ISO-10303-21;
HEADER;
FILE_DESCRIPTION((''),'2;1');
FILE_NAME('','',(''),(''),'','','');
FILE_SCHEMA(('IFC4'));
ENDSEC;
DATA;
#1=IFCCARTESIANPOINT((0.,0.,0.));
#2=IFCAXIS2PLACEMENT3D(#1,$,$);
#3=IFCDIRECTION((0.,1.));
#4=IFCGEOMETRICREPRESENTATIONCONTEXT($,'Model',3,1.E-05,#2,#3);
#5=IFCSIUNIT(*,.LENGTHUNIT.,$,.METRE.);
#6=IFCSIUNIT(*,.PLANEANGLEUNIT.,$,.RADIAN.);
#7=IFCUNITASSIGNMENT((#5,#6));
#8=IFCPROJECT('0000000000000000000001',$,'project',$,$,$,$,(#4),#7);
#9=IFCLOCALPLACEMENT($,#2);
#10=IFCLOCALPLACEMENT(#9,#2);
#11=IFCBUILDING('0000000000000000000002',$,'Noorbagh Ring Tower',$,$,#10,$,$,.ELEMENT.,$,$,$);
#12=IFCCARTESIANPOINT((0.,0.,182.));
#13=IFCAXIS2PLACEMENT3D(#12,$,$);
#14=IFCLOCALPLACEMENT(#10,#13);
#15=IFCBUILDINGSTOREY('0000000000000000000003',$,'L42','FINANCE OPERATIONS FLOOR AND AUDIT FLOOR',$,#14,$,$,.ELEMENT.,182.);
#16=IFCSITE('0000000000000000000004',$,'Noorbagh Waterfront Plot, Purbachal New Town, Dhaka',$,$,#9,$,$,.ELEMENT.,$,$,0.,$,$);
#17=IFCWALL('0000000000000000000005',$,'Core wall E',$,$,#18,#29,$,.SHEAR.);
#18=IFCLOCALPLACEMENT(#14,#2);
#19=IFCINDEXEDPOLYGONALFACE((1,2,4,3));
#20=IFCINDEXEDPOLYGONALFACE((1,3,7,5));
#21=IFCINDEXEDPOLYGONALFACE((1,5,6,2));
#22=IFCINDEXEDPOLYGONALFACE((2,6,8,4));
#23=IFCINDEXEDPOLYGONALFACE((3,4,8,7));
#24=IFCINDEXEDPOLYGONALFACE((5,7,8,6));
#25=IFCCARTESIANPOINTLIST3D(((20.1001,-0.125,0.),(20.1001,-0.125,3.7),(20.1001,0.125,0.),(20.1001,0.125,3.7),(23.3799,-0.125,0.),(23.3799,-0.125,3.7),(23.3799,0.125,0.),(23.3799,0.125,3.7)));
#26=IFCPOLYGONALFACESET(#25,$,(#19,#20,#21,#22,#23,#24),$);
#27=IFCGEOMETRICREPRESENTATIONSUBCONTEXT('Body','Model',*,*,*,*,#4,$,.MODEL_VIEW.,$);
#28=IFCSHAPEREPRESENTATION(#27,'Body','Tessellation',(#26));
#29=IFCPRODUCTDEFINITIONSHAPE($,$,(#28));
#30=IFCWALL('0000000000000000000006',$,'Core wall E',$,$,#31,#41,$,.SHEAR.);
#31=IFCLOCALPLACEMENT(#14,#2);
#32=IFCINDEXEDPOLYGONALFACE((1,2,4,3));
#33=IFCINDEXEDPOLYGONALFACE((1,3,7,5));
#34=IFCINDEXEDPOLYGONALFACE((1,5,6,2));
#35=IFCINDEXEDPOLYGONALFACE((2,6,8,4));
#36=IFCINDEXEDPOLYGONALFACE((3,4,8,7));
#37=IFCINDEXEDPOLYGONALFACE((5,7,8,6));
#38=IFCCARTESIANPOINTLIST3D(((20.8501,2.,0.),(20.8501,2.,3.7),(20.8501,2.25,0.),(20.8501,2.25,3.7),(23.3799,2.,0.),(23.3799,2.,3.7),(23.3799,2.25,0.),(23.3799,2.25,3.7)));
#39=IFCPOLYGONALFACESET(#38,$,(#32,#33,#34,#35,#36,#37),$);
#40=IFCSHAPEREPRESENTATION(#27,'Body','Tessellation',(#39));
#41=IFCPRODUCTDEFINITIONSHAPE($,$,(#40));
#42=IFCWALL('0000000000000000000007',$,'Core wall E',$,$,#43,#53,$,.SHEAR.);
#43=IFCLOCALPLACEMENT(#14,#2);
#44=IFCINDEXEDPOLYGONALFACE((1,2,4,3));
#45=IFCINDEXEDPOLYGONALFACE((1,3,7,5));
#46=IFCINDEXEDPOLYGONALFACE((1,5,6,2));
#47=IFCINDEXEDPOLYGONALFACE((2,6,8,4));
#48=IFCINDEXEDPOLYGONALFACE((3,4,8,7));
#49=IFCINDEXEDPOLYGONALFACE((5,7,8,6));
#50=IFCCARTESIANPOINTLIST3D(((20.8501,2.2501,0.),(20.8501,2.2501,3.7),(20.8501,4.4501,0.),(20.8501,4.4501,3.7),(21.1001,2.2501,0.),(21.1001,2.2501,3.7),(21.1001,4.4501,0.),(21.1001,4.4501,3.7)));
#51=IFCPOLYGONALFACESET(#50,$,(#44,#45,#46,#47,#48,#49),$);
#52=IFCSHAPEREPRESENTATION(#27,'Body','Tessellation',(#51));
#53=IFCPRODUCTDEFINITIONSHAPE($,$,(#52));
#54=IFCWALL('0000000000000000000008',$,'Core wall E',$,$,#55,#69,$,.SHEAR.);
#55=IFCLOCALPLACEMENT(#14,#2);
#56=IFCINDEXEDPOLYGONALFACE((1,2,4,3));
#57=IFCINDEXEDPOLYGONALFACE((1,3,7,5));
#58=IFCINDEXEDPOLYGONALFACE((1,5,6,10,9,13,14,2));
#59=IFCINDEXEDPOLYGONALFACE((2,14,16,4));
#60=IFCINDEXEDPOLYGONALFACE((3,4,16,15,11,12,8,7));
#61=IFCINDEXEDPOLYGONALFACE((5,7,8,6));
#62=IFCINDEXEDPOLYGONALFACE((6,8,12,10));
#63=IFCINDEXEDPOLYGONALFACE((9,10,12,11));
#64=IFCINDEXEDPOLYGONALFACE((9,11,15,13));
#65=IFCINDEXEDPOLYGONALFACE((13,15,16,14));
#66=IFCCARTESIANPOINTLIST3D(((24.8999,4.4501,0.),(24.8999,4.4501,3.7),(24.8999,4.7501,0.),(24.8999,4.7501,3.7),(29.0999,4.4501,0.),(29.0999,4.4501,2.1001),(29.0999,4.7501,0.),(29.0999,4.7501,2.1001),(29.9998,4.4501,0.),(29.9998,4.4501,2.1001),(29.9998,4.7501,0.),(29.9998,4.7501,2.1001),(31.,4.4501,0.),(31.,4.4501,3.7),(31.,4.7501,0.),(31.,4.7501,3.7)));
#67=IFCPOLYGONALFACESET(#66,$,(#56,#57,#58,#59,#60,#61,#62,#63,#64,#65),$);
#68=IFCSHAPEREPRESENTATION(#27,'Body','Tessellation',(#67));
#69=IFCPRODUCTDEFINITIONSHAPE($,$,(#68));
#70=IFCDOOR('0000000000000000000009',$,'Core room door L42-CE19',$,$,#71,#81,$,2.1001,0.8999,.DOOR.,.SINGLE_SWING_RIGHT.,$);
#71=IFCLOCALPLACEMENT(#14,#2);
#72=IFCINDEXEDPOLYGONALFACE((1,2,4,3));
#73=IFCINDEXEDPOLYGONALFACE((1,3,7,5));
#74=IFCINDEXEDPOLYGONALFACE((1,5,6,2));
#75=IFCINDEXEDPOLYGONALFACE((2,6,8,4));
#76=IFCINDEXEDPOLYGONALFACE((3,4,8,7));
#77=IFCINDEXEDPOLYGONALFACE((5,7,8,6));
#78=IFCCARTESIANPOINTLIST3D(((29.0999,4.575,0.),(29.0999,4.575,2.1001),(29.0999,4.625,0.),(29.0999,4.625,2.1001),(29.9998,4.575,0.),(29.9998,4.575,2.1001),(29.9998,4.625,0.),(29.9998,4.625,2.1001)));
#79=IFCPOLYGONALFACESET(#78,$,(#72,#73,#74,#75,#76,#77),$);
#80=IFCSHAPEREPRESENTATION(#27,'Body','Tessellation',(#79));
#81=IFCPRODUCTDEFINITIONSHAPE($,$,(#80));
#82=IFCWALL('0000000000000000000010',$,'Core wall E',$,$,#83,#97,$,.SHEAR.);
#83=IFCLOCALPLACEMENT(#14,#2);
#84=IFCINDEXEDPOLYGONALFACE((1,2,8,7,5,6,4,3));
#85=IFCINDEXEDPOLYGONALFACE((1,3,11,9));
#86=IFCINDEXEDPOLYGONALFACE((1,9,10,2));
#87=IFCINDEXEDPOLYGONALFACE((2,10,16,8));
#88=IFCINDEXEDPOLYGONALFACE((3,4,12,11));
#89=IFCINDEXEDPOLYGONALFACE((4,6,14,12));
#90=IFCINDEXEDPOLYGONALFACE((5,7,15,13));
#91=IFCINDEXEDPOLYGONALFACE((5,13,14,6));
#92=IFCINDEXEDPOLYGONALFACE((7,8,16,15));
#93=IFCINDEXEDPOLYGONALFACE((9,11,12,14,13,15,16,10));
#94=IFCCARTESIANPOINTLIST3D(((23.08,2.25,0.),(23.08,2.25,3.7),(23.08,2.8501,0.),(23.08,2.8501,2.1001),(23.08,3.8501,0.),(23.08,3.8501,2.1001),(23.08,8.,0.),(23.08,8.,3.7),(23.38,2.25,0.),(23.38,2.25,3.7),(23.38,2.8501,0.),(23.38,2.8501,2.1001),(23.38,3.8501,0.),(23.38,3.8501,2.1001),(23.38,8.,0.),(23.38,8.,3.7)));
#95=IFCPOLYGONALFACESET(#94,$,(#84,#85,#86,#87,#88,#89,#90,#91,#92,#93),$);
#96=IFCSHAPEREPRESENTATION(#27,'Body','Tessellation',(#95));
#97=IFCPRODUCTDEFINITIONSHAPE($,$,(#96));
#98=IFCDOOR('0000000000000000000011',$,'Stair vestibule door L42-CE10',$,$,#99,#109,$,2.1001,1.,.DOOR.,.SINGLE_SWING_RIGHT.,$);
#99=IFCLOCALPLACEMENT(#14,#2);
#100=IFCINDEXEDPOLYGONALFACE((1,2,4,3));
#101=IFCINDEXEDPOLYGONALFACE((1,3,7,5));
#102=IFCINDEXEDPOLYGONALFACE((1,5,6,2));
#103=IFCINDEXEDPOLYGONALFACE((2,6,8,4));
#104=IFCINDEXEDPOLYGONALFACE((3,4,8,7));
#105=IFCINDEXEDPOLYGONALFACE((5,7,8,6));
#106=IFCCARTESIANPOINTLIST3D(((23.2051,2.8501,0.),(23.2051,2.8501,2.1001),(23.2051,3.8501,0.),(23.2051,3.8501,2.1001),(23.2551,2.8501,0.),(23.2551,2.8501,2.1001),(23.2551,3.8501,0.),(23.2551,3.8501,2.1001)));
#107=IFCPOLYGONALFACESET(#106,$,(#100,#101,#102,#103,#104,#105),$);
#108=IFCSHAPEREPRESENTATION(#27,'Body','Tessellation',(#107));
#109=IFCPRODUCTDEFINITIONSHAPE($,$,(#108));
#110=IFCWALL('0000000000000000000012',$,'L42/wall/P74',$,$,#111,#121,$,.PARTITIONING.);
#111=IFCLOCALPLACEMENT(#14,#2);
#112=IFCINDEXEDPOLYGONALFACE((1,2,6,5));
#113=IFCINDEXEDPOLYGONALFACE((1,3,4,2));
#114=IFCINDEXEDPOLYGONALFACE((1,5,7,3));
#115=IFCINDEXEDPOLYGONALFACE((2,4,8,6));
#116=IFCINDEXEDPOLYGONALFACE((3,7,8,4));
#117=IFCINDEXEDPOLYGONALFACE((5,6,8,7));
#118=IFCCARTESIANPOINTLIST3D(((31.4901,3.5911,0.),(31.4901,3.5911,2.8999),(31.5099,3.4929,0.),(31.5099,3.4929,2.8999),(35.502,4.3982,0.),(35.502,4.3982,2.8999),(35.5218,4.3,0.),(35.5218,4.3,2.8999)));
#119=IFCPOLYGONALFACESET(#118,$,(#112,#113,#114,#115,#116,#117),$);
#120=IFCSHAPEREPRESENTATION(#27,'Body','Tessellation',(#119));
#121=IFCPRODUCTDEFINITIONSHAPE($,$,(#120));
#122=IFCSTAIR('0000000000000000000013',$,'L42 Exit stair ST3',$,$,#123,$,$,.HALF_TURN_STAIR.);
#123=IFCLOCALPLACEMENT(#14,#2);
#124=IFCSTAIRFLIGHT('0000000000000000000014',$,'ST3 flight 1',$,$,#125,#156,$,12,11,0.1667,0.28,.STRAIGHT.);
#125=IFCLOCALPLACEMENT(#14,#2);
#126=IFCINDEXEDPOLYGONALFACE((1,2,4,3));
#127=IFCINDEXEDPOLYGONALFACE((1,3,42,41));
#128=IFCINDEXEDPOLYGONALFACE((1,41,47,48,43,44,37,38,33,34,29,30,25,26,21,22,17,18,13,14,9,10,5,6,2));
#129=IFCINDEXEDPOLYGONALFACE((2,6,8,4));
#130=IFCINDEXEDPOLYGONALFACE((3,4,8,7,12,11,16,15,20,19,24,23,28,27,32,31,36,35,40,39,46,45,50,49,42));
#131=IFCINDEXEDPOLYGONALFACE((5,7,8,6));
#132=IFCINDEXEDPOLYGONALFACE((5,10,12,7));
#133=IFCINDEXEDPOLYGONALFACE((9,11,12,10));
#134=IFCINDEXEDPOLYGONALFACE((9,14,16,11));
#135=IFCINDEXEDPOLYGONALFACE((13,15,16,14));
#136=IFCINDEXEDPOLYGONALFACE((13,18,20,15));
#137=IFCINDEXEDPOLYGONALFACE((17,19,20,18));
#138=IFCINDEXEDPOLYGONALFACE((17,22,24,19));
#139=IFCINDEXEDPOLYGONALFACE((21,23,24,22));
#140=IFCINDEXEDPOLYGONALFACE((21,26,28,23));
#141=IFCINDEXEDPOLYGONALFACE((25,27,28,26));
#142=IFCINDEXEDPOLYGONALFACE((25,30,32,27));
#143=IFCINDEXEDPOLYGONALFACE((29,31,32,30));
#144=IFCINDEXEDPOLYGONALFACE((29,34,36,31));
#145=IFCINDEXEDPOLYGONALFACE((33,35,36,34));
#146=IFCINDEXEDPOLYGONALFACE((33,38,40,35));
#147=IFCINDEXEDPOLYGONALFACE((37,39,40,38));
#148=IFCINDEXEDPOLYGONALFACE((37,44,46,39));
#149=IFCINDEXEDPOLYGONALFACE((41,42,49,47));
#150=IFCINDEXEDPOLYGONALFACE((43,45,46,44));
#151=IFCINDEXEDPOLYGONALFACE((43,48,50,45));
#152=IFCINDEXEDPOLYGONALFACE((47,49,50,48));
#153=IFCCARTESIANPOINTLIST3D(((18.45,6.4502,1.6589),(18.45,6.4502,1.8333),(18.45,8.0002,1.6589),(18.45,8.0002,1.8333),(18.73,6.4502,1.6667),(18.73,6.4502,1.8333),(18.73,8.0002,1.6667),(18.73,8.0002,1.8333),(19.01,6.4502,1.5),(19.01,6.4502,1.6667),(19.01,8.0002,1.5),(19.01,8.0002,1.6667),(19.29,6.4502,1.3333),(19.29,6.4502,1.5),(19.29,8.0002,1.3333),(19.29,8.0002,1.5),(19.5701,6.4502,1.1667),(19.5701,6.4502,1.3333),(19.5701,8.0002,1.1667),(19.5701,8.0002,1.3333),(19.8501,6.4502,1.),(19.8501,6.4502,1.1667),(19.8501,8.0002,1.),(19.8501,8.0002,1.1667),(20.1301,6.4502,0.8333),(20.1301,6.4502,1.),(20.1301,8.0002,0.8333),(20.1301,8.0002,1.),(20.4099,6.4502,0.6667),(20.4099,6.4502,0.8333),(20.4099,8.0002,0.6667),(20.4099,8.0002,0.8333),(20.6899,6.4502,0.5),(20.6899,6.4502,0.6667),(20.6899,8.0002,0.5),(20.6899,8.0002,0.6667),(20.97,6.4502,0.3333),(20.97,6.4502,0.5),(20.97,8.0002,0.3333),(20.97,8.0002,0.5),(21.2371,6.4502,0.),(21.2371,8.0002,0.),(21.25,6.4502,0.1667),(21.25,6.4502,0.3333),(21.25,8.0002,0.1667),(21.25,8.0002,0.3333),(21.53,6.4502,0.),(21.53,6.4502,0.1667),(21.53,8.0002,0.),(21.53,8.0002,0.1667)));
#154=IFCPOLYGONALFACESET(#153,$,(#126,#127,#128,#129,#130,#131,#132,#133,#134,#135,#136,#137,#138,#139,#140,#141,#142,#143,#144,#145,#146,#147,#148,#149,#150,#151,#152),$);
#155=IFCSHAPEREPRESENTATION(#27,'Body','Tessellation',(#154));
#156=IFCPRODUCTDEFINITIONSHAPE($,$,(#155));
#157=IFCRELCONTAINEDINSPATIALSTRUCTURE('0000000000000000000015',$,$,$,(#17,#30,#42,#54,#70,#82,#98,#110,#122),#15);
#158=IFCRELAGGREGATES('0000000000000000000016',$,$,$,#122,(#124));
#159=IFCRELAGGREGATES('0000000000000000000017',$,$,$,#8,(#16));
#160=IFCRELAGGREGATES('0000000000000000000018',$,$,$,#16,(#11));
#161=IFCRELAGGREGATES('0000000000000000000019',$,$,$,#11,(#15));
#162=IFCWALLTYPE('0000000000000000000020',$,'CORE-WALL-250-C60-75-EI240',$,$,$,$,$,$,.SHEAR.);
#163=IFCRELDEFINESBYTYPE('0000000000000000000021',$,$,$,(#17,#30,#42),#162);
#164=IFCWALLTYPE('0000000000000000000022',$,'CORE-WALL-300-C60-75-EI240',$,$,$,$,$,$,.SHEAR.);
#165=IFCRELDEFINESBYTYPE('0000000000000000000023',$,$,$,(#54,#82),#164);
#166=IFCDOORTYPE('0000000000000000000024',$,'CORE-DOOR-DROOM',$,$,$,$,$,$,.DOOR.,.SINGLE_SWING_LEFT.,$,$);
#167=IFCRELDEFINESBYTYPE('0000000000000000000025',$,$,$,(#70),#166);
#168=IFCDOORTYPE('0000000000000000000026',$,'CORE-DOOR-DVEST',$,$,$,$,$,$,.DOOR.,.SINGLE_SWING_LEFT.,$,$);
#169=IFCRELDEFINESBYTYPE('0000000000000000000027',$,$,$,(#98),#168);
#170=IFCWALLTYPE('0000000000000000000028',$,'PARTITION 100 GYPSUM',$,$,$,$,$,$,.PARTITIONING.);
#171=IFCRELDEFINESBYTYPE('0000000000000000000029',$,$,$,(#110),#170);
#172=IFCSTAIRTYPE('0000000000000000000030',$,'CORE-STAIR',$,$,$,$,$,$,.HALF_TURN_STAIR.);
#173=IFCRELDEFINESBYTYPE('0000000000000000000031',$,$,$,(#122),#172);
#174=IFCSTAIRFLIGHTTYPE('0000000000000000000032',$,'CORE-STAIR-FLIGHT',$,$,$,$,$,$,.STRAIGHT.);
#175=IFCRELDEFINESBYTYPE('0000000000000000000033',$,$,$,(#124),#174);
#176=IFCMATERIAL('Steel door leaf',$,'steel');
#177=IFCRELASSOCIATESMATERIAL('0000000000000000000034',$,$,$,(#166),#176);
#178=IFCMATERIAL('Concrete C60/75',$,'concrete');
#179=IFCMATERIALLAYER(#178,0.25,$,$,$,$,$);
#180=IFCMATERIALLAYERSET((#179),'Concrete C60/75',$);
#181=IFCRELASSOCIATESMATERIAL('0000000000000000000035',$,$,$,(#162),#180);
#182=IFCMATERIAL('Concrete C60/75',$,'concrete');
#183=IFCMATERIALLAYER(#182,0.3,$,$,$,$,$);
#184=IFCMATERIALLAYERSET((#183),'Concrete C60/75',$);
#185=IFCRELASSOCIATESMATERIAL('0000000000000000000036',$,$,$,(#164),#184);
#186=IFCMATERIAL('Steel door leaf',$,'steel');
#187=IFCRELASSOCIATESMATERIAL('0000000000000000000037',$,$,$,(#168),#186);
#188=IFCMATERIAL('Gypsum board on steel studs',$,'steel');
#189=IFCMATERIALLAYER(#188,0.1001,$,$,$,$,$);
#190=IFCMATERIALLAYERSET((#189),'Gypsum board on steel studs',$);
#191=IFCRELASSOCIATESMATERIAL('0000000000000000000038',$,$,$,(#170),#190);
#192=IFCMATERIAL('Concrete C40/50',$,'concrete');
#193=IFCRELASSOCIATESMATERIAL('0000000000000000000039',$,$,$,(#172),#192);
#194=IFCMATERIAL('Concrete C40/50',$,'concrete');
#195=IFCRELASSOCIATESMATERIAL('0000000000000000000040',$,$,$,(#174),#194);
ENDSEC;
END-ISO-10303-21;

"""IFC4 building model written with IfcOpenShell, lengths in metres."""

from ifc_helpers import new_model, si_unit, direction, frame, frame_2d, origin, place, context, subcontext, project, spatial, polyline, rectangle, outline, extrude, material, layer, layer_set, type_object, element, fill, aggregate, save


model = new_model("IFC4")

# Units and contexts
model_context = context("Model", 3, precision=1e-05, world=origin(), true_north=direction((0.0, 1.0)))
body_context = subcontext(model_context, "Body", "Model", "MODEL_VIEW")
ifc_project = project(units=[si_unit("LENGTHUNIT", "METRE"), si_unit("PLANEANGLEUNIT", "RADIAN")], contexts=[model_context])

# Site, building, storey
site_placement = place(None, origin())
site = spatial("IfcSite", under=ifc_project, at=site_placement, Name="Noorbagh Waterfront Plot, Purbachal New Town, Dhaka", CompositionType="ELEMENT", RefElevation=0.0)
building_placement = place(site_placement, origin())
building = spatial("IfcBuilding", under=site, at=building_placement, Name="Noorbagh Ring Tower", CompositionType="ELEMENT")
storey_placement = place(building_placement, frame((0.0, 0.0, 182.0)))
storey = spatial("IfcBuildingStorey", under=building, at=storey_placement, Name="L42", Description="FINANCE OPERATIONS FLOOR AND AUDIT FLOOR", CompositionType="ELEMENT", Elevation=182.0)

# Shared definitions
ifc_material_1 = material(Name="Steel door leaf", Category="steel")
door_type_1 = type_object("IfcDoorType", Name="CORE-DOOR-DROOM", OperationType="SINGLE_SWING_LEFT", PredefinedType="DOOR", material=ifc_material_1)

# Walls
ifc_material_2 = material(Name="Concrete C60/75", Category="concrete")
ifc_layer_1 = layer(ifc_material_2, 0.25)
ifc_layer_set_1 = layer_set([ifc_layer_1], Name="Concrete C60/75")
wall_type_1 = type_object("IfcWallType", Name="CORE-WALL-250-C60-75-EI240", PredefinedType="SHEAR", material=ifc_layer_set_1)
wall_1_placement = place(storey_placement, frame((20.1001, 0.0, 0.0), z_axis=(0.0, 0.0, 1.0), x_axis=(1.0, 0.0, 0.0)))
element("IfcWall", 1, at=wall_1_placement, inside=storey, type_object=wall_type_1, Name="Core wall E", PredefinedType="SHEAR", context=body_context, shape_type="SweptSolid", body=[
    extrude(rectangle(XDim=3.2798, YDim=0.25, at=frame_2d((1.6399, 0.0))), origin(), (0.0, 0.0, 1.0), 3.7),
])
wall_2_placement = place(storey_placement, frame((20.8501, 2.125, 0.0), z_axis=(0.0, 0.0, 1.0), x_axis=(1.0, 0.0, 0.0)))
element("IfcWall", 2, at=wall_2_placement, inside=storey, type_object=wall_type_1, Name="Core wall E", PredefinedType="SHEAR", context=body_context, shape_type="SweptSolid", body=[
    extrude(rectangle(XDim=2.5298, YDim=0.25, at=frame_2d((1.2649, 0.0))), origin(), (0.0, 0.0, 1.0), 3.7),
])
wall_3_placement = place(storey_placement, frame((20.9751, 2.25, 0.0), z_axis=(0.0, 0.0, 1.0), x_axis=(0.0, 1.0, 0.0)))
element("IfcWall", 3, at=wall_3_placement, inside=storey, type_object=wall_type_1, Name="Core wall E", PredefinedType="SHEAR", context=body_context, shape_type="SweptSolid", body=[
    extrude(rectangle(XDim=2.2, YDim=0.25, at=frame_2d((1.1001, 0.0))), origin(), (0.0, 0.0, 1.0), 3.7),
])

# Walls, openings, doors
ifc_material_3 = material(Name="Concrete C60/75", Category="concrete")
ifc_layer_2 = layer(ifc_material_3, 0.3)
ifc_layer_set_2 = layer_set([ifc_layer_2], Name="Concrete C60/75")
wall_type_2 = type_object("IfcWallType", Name="CORE-WALL-300-C60-75-EI240", PredefinedType="SHEAR", material=ifc_layer_set_2)
wall_4_placement = place(storey_placement, frame((24.8999, 4.6001, 0.0), z_axis=(0.0, 0.0, 1.0), x_axis=(1.0, 0.0, 0.0)))
wall_4 = element("IfcWall", 4, at=wall_4_placement, inside=storey, type_object=wall_type_2, Name="Core wall E", PredefinedType="SHEAR", context=body_context, shape_type="SweptSolid", body=[
    extrude(rectangle(XDim=6.1001, YDim=0.3, at=frame_2d((3.05, 0.0))), origin(), (0.0, 0.0, 1.0), 3.7),
])
opening_1_placement = place(wall_4_placement, frame((4.2, 0.0, 0.0)))
opening_1 = element("IfcOpeningElement", 5, at=opening_1_placement, cuts=wall_4, PredefinedType="OPENING", context=body_context, shape_type="SweptSolid", body=[
    extrude(rectangle(XDim=0.8999, YDim=2.1001, at=frame_2d((0.45, 1.05))), frame((0.0, 0.1602, 0.0), z_axis=(0.0, -1.0, 0.0), x_axis=(1.0, 0.0, 0.0)), (0.0, 0.0, 1.0), 0.3201),
])
door_1_placement = place(opening_1_placement, origin())
door_1 = element("IfcDoor", 6, at=door_1_placement, inside=storey, type_object=door_type_1, Name="Core room door L42-CE19", OperationType="SINGLE_SWING_RIGHT", OverallHeight=2.1001, OverallWidth=0.8999, PredefinedType="DOOR", context=body_context, shape_type="SweptSolid", body=[
    extrude(rectangle(XDim=0.8999, YDim=2.1001, at=frame_2d((0.45, 1.05))), frame((0.0, 0.0249, 0.0), z_axis=(0.0, -1.0, 0.0), x_axis=(1.0, 0.0, 0.0)), (0.0, 0.0, 1.0), 0.05),
])
fill(opening_1, door_1)
wall_5_placement = place(storey_placement, frame((23.23, 2.25, 0.0), z_axis=(0.0, 0.0, 1.0), x_axis=(0.0, 1.0, 0.0)))
wall_5 = element("IfcWall", 7, at=wall_5_placement, inside=storey, type_object=wall_type_2, Name="Core wall E", PredefinedType="SHEAR", context=body_context, shape_type="SweptSolid", body=[
    extrude(rectangle(XDim=5.75, YDim=0.3, at=frame_2d((2.875, 0.0))), origin(), (0.0, 0.0, 1.0), 3.7),
])
opening_2_placement = place(wall_5_placement, frame((0.6001, 0.0, 0.0)))
opening_2 = element("IfcOpeningElement", 8, at=opening_2_placement, cuts=wall_5, PredefinedType="OPENING", context=body_context, shape_type="SweptSolid", body=[
    extrude(rectangle(XDim=1.0, YDim=2.1001, at=frame_2d((0.5, 1.05))), frame((0.0, 0.1602, 0.0), z_axis=(0.0, -1.0, 0.0), x_axis=(1.0, 0.0, 0.0)), (0.0, 0.0, 1.0), 0.3201),
])
ifc_material_4 = material(Name="Steel door leaf", Category="steel")
door_type_2 = type_object("IfcDoorType", Name="CORE-DOOR-DVEST", OperationType="SINGLE_SWING_LEFT", PredefinedType="DOOR", material=ifc_material_4)
door_2_placement = place(opening_2_placement, origin())
door_2 = element("IfcDoor", 9, at=door_2_placement, inside=storey, type_object=door_type_2, Name="Stair vestibule door L42-CE10", OperationType="SINGLE_SWING_RIGHT", OverallHeight=2.1001, OverallWidth=1.0, PredefinedType="DOOR", context=body_context, shape_type="SweptSolid", body=[
    extrude(rectangle(XDim=1.0, YDim=2.1001, at=frame_2d((0.5, 1.05))), frame((0.0, 0.0249, 0.0), z_axis=(0.0, -1.0, 0.0), x_axis=(1.0, 0.0, 0.0)), (0.0, 0.0, 1.0), 0.05),
])
fill(opening_2, door_2)

# Wall
ifc_material_5 = material(Name="Gypsum board on steel studs", Category="steel")
ifc_layer_3 = layer(ifc_material_5, 0.1001)
ifc_layer_set_3 = layer_set([ifc_layer_3], Name="Gypsum board on steel studs")
wall_type_3 = type_object("IfcWallType", Name="PARTITION 100 GYPSUM", PredefinedType="PARTITIONING", material=ifc_layer_set_3)
wall_6_placement = place(storey_placement, frame((31.5, 3.542, 0.0), z_axis=(0.0, 0.0, 1.0), x_axis=(0.980357, 0.197229, 0.0)))
element("IfcWall", 10, at=wall_6_placement, inside=storey, type_object=wall_type_3, Name="L42/wall/P74", PredefinedType="PARTITIONING", context=body_context, shape_type="SweptSolid", body=[
    extrude(rectangle(XDim=4.0923, YDim=0.1001, at=frame_2d((2.0461, 0.0))), origin(), (0.0, 0.0, 1.0), 2.8999),
])

# Stair, stair flight
ifc_material_6 = material(Name="Concrete C40/50", Category="concrete")
stair_type = type_object("IfcStairType", Name="CORE-STAIR", PredefinedType="HALF_TURN_STAIR", material=ifc_material_6)
stair_placement = place(storey_placement, origin())
stair = element("IfcStair", 11, at=stair_placement, inside=storey, type_object=stair_type, Name="L42 Exit stair ST3", PredefinedType="HALF_TURN_STAIR")
ifc_material_7 = material(Name="Concrete C40/50", Category="concrete")
stair_flight_type = type_object("IfcStairFlightType", Name="CORE-STAIR-FLIGHT", PredefinedType="STRAIGHT", material=ifc_material_7)
stair_flight_placement = place(storey_placement, frame((21.53, 7.2251, 0.0), z_axis=(0.0, 0.0, 1.0), x_axis=(-1.0, 0.0, 0.0)))
stair_flight = element("IfcStairFlight", 12, at=stair_flight_placement, type_object=stair_flight_type, Name="ST3 flight 1", NumberOfRisers=12, NumberOfTreads=11, PredefinedType="STRAIGHT", RiserHeight=0.1667, TreadLength=0.28, context=body_context, shape_type="SweptSolid", body=[
    extrude(outline(polyline([(0.0, 0.0), (0.0, 0.1667), (0.28, 0.1667), (0.28, 0.3333), (0.5601, 0.3333), (0.5601, 0.5), (0.8401, 0.5), (0.8401, 0.6667), (1.1201, 0.6667), (1.1201, 0.8333), (1.3999, 0.8333), (1.3999, 1.0), (1.6799, 1.0), (1.6799, 1.1667), (1.96, 1.1667), (1.96, 1.3333), (2.24, 1.3333), (2.24, 1.5), (2.52, 1.5), (2.52, 1.6667), (2.8, 1.6667), (2.8, 1.8333), (3.0801, 1.8333), (3.0801, 2.0), (3.0801, 1.6589), (0.293, 0.0), (0.0, 0.0)])), frame((0.0, 0.7749, 0.0), z_axis=(0.0, -1.0, 0.0), x_axis=(1.0, 0.0, 0.0)), (0.0, 0.0, 1.0), 1.55),
])
aggregate(stair, [stair_flight])

save(model, "model.ifc")
